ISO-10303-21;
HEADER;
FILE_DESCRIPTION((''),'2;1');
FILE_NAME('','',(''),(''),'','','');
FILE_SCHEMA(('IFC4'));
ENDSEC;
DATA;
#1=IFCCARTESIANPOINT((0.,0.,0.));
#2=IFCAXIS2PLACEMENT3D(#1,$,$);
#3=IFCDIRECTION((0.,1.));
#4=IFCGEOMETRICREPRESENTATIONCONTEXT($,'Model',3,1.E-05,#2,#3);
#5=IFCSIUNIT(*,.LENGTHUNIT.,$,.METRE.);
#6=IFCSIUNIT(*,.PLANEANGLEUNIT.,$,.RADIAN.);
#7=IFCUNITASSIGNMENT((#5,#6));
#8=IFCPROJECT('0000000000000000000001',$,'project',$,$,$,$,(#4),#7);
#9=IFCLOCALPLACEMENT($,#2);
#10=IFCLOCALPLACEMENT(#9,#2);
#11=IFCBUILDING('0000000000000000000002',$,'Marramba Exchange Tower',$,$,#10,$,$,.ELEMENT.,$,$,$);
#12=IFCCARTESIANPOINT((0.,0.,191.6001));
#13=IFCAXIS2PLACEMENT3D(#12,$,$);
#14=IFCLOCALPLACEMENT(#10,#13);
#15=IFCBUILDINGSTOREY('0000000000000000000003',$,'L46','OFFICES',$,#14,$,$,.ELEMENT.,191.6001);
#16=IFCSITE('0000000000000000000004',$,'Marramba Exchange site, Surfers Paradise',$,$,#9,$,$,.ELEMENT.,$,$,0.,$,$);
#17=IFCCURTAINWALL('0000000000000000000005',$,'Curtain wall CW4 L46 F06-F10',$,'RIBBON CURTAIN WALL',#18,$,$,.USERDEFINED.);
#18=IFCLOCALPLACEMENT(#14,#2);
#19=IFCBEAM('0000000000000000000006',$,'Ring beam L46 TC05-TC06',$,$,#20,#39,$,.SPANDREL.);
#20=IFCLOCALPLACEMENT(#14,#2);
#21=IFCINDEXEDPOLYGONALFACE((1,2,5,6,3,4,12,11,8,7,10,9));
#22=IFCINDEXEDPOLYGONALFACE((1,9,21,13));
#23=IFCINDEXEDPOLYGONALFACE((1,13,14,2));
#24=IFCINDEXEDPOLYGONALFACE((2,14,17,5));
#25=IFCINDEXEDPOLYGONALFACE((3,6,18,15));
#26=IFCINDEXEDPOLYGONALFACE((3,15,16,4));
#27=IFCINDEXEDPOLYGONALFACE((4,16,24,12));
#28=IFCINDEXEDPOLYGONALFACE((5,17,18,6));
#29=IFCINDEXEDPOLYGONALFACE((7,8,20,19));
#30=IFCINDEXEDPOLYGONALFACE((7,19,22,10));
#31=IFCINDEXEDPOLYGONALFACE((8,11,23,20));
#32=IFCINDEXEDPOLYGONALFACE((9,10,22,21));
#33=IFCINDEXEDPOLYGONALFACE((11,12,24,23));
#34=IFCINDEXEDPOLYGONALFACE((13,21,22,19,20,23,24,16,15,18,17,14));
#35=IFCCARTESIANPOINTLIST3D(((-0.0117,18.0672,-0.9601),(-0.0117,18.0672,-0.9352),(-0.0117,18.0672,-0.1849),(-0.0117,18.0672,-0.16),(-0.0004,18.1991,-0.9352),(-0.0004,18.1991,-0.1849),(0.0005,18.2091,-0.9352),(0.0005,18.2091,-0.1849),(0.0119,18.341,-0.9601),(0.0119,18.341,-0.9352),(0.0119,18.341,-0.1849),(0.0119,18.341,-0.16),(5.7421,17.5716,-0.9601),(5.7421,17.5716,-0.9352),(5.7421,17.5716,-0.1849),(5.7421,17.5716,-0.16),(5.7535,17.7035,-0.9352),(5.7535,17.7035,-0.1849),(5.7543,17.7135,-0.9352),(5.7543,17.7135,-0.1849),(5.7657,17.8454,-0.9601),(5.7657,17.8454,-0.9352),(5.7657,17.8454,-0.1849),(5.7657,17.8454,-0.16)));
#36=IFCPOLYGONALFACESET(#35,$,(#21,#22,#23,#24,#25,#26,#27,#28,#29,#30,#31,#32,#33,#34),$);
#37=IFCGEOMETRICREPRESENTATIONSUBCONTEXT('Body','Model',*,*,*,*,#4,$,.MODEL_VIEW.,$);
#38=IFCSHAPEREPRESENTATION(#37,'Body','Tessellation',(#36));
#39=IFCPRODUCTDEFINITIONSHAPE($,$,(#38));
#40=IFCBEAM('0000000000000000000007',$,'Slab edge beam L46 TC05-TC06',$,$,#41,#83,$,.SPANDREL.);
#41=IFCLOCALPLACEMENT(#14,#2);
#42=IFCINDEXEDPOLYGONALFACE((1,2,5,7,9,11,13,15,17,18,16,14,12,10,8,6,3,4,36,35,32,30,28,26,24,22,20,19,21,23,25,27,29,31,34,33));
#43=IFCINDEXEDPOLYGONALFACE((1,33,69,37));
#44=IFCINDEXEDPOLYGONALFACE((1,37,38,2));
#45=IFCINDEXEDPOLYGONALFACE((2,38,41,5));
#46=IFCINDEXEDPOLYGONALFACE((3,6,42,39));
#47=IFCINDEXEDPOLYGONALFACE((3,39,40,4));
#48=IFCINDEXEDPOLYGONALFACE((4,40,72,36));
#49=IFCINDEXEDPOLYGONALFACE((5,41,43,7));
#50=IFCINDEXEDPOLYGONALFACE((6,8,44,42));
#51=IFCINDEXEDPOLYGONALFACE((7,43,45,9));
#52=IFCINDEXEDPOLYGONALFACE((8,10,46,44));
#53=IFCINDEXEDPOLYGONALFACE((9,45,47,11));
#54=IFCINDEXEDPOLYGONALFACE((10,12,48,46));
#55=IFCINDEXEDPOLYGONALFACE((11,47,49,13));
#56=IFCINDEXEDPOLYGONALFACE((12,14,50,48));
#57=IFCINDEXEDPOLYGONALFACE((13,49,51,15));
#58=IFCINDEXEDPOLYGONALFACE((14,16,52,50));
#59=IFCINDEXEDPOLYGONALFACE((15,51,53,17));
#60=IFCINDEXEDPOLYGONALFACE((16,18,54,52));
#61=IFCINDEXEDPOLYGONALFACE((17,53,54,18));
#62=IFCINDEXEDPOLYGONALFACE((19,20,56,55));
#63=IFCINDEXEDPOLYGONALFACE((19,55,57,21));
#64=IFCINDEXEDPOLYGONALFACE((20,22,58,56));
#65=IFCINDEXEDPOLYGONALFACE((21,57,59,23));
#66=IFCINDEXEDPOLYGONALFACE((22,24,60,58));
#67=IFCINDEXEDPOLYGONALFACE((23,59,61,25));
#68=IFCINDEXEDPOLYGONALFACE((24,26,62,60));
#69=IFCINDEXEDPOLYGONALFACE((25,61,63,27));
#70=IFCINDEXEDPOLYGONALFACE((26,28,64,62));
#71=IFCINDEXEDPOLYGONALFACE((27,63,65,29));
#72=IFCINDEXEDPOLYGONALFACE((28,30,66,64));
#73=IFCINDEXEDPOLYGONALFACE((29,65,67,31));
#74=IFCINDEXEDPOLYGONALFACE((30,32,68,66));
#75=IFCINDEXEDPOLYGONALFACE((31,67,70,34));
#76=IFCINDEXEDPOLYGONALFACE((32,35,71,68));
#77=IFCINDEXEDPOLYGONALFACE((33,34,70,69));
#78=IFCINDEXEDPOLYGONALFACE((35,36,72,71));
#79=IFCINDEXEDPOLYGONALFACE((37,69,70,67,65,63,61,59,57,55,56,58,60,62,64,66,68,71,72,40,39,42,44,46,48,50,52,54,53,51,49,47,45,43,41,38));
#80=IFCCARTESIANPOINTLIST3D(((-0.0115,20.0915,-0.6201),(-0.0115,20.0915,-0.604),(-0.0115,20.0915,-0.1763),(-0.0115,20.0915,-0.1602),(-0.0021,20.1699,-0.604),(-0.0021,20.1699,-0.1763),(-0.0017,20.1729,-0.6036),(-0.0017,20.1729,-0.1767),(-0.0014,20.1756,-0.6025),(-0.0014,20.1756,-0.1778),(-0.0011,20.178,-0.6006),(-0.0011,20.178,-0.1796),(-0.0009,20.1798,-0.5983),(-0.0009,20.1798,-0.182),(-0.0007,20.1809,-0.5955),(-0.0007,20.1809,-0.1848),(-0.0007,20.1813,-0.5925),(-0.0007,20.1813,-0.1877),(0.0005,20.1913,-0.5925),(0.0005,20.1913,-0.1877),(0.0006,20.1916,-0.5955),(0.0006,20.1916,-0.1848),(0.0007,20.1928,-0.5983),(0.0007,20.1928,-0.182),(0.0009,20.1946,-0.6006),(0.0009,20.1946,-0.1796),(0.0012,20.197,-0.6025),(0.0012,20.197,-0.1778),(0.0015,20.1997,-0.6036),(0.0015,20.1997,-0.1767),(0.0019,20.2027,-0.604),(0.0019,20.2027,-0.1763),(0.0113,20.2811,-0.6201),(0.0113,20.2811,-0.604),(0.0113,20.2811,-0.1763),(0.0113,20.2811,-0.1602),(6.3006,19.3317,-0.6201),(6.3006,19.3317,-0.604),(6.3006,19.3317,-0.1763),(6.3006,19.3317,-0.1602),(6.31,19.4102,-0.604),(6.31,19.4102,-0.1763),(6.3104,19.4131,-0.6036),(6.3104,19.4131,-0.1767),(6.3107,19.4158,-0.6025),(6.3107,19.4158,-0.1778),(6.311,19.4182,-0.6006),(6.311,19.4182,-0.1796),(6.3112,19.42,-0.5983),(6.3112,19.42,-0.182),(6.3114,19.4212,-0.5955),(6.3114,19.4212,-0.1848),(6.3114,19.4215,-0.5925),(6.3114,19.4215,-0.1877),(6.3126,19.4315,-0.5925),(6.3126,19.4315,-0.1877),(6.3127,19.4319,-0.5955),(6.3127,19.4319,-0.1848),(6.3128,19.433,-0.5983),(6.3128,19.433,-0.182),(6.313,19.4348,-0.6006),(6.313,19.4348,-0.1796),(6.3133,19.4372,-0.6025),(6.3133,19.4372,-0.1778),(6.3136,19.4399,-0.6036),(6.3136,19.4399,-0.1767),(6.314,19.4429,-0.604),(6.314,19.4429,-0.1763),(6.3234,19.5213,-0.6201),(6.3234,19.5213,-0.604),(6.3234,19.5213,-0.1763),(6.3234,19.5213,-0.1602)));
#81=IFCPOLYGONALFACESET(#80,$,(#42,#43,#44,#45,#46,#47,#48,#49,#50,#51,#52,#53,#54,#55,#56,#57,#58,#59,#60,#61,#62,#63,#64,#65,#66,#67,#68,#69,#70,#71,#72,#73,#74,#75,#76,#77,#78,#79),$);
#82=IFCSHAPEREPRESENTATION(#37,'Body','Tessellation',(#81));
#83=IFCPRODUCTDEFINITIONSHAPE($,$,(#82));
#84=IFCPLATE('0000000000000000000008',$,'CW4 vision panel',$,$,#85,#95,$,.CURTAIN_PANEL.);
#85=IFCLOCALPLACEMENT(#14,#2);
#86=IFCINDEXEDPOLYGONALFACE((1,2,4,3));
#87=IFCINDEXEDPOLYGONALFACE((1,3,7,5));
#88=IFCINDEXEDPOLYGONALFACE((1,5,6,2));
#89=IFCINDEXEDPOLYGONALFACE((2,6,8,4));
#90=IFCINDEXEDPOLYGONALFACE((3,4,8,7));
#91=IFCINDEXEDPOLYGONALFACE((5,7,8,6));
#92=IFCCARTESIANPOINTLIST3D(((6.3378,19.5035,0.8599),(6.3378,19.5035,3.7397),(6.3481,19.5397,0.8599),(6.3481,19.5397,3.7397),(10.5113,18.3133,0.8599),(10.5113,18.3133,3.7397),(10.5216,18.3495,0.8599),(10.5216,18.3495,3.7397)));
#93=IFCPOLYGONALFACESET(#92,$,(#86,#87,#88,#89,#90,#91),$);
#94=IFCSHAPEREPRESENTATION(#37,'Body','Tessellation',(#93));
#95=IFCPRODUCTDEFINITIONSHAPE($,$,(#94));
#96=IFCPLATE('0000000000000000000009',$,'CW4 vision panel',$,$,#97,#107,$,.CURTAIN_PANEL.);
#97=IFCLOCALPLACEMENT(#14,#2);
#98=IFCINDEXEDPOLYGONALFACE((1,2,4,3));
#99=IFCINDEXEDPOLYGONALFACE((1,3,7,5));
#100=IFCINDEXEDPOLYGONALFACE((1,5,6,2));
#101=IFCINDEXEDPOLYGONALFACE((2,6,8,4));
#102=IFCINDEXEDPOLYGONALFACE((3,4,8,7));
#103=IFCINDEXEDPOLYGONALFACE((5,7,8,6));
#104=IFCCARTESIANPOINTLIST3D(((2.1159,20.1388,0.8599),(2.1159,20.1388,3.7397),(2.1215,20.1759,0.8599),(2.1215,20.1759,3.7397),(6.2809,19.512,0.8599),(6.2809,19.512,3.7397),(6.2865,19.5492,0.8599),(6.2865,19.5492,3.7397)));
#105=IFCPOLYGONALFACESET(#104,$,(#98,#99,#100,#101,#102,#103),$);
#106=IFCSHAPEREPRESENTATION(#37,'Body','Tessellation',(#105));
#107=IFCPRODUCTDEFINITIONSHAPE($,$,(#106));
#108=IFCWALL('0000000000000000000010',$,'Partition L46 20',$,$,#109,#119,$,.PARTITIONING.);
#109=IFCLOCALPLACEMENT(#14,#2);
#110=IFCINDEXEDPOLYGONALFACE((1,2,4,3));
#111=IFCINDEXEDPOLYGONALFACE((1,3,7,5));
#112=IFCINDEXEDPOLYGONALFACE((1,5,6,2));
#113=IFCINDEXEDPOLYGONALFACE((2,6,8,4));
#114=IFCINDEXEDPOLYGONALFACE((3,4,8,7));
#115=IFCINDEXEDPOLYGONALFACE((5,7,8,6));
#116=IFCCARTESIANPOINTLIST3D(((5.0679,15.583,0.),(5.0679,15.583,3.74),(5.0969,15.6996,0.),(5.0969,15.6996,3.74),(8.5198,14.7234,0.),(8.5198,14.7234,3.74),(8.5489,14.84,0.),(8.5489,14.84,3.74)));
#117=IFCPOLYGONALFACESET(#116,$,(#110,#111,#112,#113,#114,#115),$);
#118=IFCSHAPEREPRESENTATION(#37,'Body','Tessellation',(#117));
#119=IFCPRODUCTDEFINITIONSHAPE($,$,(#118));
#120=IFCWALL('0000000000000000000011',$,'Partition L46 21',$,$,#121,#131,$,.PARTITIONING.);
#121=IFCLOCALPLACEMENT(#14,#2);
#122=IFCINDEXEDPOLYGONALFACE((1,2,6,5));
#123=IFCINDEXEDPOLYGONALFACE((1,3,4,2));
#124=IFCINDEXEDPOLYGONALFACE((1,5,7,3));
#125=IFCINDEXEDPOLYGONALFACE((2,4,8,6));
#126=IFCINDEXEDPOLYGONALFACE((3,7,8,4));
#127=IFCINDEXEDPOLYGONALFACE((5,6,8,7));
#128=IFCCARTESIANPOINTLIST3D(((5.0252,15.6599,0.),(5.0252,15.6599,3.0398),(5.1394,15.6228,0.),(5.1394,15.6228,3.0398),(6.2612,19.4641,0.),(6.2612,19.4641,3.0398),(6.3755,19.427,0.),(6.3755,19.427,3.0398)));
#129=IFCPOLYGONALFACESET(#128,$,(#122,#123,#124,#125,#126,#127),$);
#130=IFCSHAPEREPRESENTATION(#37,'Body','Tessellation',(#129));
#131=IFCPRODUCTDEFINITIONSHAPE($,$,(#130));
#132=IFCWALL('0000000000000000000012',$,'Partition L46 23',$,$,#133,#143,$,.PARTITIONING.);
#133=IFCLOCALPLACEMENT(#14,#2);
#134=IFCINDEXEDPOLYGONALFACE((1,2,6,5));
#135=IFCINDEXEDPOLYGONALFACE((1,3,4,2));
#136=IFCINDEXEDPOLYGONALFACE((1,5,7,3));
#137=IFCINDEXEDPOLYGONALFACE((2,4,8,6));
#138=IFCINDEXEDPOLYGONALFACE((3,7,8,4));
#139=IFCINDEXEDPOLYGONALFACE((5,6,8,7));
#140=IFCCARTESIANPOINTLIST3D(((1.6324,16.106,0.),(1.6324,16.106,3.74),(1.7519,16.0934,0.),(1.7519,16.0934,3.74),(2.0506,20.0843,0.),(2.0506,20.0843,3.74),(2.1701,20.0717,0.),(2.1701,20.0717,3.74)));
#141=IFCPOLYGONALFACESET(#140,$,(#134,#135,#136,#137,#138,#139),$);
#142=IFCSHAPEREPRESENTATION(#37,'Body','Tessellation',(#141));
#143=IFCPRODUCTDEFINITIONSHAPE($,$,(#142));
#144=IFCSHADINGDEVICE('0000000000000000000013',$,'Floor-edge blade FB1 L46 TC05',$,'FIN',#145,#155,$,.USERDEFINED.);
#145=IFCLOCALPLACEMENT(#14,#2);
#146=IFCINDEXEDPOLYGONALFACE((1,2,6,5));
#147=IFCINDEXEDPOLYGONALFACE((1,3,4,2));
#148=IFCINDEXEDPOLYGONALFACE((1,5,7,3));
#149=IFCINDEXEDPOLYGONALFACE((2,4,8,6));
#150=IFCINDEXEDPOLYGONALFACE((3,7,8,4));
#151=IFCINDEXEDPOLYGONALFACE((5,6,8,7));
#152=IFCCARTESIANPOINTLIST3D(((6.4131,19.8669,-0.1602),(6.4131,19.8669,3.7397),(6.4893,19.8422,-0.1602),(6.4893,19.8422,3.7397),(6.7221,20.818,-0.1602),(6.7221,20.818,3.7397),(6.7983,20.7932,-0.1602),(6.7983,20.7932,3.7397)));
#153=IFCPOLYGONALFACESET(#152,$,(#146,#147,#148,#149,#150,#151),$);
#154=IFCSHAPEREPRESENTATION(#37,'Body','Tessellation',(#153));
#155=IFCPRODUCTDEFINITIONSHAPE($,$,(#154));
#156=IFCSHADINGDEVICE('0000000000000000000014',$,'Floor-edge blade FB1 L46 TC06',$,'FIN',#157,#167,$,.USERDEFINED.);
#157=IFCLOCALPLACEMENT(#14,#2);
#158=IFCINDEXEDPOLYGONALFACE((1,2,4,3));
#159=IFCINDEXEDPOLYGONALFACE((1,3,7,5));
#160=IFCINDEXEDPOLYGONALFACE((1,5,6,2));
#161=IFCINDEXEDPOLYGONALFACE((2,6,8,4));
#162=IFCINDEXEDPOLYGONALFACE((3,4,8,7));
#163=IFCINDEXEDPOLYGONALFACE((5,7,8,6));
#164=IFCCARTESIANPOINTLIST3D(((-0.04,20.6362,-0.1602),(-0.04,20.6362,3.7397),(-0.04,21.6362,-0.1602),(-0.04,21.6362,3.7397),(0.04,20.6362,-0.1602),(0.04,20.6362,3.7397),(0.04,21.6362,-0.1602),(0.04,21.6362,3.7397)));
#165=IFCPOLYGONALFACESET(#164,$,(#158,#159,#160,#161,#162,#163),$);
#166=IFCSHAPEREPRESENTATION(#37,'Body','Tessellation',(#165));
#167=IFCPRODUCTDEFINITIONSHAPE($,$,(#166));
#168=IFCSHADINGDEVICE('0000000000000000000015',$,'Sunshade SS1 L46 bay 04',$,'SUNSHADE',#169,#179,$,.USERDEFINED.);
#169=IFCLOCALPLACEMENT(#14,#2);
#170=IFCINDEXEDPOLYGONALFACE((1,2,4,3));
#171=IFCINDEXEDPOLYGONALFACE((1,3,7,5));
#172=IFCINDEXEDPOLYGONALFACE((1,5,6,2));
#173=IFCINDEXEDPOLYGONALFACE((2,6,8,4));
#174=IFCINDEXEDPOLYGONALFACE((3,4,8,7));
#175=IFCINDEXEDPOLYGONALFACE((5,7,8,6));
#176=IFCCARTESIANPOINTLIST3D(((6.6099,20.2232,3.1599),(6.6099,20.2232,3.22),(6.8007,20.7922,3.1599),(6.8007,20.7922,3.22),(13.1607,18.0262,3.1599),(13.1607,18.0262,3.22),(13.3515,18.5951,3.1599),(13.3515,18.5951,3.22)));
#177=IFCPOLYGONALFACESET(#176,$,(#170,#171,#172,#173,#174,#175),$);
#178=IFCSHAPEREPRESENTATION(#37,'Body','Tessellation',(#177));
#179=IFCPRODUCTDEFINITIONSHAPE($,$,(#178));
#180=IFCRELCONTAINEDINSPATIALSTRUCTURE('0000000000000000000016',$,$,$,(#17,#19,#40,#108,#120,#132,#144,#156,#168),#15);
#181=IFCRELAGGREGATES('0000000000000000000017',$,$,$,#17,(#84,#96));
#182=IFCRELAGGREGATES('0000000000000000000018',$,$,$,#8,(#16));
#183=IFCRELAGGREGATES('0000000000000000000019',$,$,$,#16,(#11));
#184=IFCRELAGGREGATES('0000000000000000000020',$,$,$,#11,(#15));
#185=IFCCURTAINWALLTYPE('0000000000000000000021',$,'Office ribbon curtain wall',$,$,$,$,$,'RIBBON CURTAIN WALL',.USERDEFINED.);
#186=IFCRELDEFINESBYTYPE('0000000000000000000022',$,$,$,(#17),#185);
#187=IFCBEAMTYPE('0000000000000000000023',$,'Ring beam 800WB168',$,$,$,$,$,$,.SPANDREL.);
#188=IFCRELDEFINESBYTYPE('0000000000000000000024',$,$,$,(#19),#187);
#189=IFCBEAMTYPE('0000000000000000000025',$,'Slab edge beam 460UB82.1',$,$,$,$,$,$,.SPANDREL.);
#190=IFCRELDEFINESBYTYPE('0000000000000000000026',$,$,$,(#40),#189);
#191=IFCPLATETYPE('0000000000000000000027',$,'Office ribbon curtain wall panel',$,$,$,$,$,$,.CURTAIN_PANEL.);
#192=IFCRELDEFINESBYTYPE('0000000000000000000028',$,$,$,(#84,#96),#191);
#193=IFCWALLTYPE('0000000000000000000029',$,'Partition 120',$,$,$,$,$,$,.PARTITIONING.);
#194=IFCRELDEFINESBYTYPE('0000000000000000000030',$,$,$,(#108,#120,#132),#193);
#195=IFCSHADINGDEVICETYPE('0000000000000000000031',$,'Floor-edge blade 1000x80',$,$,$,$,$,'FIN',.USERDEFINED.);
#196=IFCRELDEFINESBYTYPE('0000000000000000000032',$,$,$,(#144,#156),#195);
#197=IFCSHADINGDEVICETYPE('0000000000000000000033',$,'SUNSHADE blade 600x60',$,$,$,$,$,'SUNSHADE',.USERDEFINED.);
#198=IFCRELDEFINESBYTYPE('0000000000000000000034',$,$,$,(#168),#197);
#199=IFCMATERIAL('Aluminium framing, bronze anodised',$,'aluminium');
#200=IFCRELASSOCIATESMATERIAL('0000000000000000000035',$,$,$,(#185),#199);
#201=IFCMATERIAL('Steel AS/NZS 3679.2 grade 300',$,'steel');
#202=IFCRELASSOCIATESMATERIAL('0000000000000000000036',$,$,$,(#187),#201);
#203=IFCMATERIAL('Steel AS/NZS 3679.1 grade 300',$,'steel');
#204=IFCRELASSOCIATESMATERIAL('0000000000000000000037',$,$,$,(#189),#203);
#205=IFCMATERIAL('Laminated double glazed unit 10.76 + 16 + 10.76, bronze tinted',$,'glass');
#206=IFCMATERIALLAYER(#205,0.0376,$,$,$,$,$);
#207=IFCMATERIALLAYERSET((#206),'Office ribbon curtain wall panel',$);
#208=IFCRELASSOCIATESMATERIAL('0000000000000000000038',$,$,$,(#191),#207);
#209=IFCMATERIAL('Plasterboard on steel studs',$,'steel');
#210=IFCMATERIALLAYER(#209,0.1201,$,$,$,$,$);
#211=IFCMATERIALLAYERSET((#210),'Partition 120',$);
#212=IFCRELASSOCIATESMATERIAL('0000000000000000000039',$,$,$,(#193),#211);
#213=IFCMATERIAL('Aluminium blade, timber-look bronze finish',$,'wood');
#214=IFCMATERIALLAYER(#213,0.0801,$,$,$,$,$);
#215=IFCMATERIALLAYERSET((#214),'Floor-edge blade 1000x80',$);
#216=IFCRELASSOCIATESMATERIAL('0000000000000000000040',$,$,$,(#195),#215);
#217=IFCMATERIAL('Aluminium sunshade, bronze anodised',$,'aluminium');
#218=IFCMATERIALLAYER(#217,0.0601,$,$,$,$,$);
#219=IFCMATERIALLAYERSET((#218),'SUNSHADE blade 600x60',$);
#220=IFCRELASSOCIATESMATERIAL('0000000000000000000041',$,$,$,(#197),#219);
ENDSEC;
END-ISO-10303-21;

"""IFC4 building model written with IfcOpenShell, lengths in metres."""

from ifc_helpers import new_model, si_unit, direction, frame, frame_2d, origin, origin_2d, place, context, subcontext, project, spatial, rectangle, i_section, extrude, material, layer, layer_set, material_profile, profile_set, type_object, element, aggregate, save


model = new_model("IFC4")

# Units and contexts
model_context = context("Model", 3, precision=1e-05, world=origin(), true_north=direction((0.0, 1.0)))
body_context = subcontext(model_context, "Body", "Model", "MODEL_VIEW")
ifc_project = project(units=[si_unit("LENGTHUNIT", "METRE"), si_unit("PLANEANGLEUNIT", "RADIAN")], contexts=[model_context])

# Site, building, storey
site_placement = place(None, origin())
site = spatial("IfcSite", under=ifc_project, at=site_placement, Name="Marramba Exchange site, Surfers Paradise", CompositionType="ELEMENT", RefElevation=0.0)
building_placement = place(site_placement, origin())
building = spatial("IfcBuilding", under=site, at=building_placement, Name="Marramba Exchange Tower", CompositionType="ELEMENT")
storey_placement = place(building_placement, frame((0.0, 0.0, 191.6001)))
storey = spatial("IfcBuildingStorey", under=building, at=storey_placement, Name="L46", Description="OFFICES", CompositionType="ELEMENT", Elevation=191.6001)

# Shared definitions
ifc_material_1 = material(Name="Steel AS/NZS 3679.2 grade 300", Category="steel")

# Curtain wall
ifc_material_2 = material(Name="Aluminium framing, bronze anodised", Category="aluminium")
curtain_wall_type = type_object("IfcCurtainWallType", Name="Office ribbon curtain wall", ElementType="RIBBON CURTAIN WALL", PredefinedType="USERDEFINED", material=ifc_material_2)
curtain_wall_placement = place(storey_placement, origin())
curtain_wall = element("IfcCurtainWall", 1, at=curtain_wall_placement, inside=storey, type_object=curtain_wall_type, Name="Curtain wall CW4 L46 F06-F10", ObjectType="RIBBON CURTAIN WALL", PredefinedType="USERDEFINED")

# Beams
ifc_material_profile_1 = material_profile(ifc_material_1, i_section(OverallWidth=0.2749, OverallDepth=0.8, WebThickness=0.01, FlangeThickness=0.0249, at=origin_2d()), Name="800WB168")
ifc_profile_set_1 = profile_set([ifc_material_profile_1], Name="Steel AS/NZS 3679.2 grade 300")
beam_type_1 = type_object("IfcBeamType", Name="Ring beam 800WB168", PredefinedType="SPANDREL", material=ifc_profile_set_1)
beam_1_placement = place(storey_placement, frame((5.7539, 17.7085, -0.5601), z_axis=(-0.996311, 0.085816, 0.0), x_axis=(-0.085816, -0.996311, 0.0)))
element("IfcBeam", 2, at=beam_1_placement, inside=storey, type_object=beam_type_1, Name="Ring beam L46 TC05-TC06", PredefinedType="SPANDREL", context=body_context, shape_type="SweptSolid", body=[
    extrude(i_section(OverallWidth=0.2749, OverallDepth=0.8, WebThickness=0.01, FlangeThickness=0.0249, at=origin_2d()), origin(), (0.0, 0.0, 1.0), 5.7751),
])
ifc_material_3 = material(Name="Steel AS/NZS 3679.1 grade 300", Category="steel")
ifc_material_profile_2 = material_profile(ifc_material_3, i_section(OverallWidth=0.1909, OverallDepth=0.46, WebThickness=0.01, FlangeThickness=0.0161, FilletRadius=0.0115, at=origin_2d()), Name="460UB82.1")
ifc_profile_set_2 = profile_set([ifc_material_profile_2], Name="Steel AS/NZS 3679.1 grade 300")
beam_type_2 = type_object("IfcBeamType", Name="Slab edge beam 460UB82.1", PredefinedType="SPANDREL", material=ifc_profile_set_2)
beam_2_placement = place(storey_placement, frame((6.312, 19.4265, -0.3901), z_axis=(-0.992834, 0.119506, 0.0), x_axis=(-0.119506, -0.992834, 0.0)))
element("IfcBeam", 3, at=beam_2_placement, inside=storey, type_object=beam_type_2, Name="Slab edge beam L46 TC05-TC06", PredefinedType="SPANDREL", context=body_context, shape_type="SweptSolid", body=[
    extrude(i_section(OverallWidth=0.1909, OverallDepth=0.46, WebThickness=0.01, FlangeThickness=0.0161, FilletRadius=0.0115, at=origin_2d()), origin(), (0.0, 0.0, 1.0), 6.3577),
])

# Plates
ifc_material_4 = material(Name="Laminated double glazed unit 10.76 + 16 + 10.76, bronze tinted", Category="glass")
ifc_layer_1 = layer(ifc_material_4, 0.0376)
ifc_layer_set_1 = layer_set([ifc_layer_1], Name="Office ribbon curtain wall panel")
plate_type = type_object("IfcPlateType", Name="Office ribbon curtain wall panel", PredefinedType="CURTAIN_PANEL", material=ifc_layer_set_1)
plate_1_placement = place(storey_placement, frame((8.4297, 18.9265, 0.8599), z_axis=(0.0, 0.0, 1.0), x_axis=(-0.961659, 0.274248, 0.0)))
plate_1 = element("IfcPlate", 4, at=plate_1_placement, type_object=plate_type, Name="CW4 vision panel", PredefinedType="CURTAIN_PANEL", context=body_context, shape_type="SweptSolid", body=[
    extrude(rectangle(XDim=4.3398, YDim=0.0376, at=origin_2d()), origin(), (0.0, 0.0, 1.0), 2.8799),
])
plate_2_placement = place(storey_placement, frame((4.2012, 19.844, 0.8599), z_axis=(0.0, 0.0, 1.0), x_axis=(-0.988868, 0.148795, 0.0)))
plate_2 = element("IfcPlate", 5, at=plate_2_placement, type_object=plate_type, Name="CW4 vision panel", PredefinedType="CURTAIN_PANEL", context=body_context, shape_type="SweptSolid", body=[
    extrude(rectangle(XDim=4.2119, YDim=0.0376, at=origin_2d()), origin(), (0.0, 0.0, 1.0), 2.8799),
])
aggregate(curtain_wall, [plate_1, plate_2])

# Walls
ifc_material_5 = material(Name="Plasterboard on steel studs", Category="steel")
ifc_layer_2 = layer(ifc_material_5, 0.1201)
ifc_layer_set_2 = layer_set([ifc_layer_2], Name="Partition 120")
wall_type = type_object("IfcWallType", Name="Partition 120", PredefinedType="PARTITIONING", material=ifc_layer_set_2)
wall_1_placement = place(storey_placement, frame((5.0823, 15.6414, 0.0), z_axis=(0.0, 0.0, 1.0), x_axis=(0.970364, -0.241647, 0.0)))
element("IfcWall", 6, at=wall_1_placement, inside=storey, type_object=wall_type, Name="Partition L46 20", PredefinedType="PARTITIONING", context=body_context, shape_type="SweptSolid", body=[
    extrude(rectangle(XDim=3.5574, YDim=0.1201, at=frame_2d((1.7788, 0.0))), origin(), (0.0, 0.0, 1.0), 3.74),
])
wall_2_placement = place(storey_placement, frame((5.0823, 15.6414, 0.0), z_axis=(0.0, 0.0, 1.0), x_axis=(0.309023, 0.951055, 0.0)))
element("IfcWall", 7, at=wall_2_placement, inside=storey, type_object=wall_type, Name="Partition L46 21", PredefinedType="PARTITIONING", context=body_context, shape_type="SweptSolid", body=[
    extrude(rectangle(XDim=4.0, YDim=0.1201, at=frame_2d((2.0, 0.0))), origin(), (0.0, 0.0, 1.0), 3.0398),
])

# Wall
wall_3_placement = place(storey_placement, frame((2.1104, 20.0779, 0.0), z_axis=(0.0, 0.0, 1.0), x_axis=(-0.104548, -0.99452, 0.0)))
element("IfcWall", 8, at=wall_3_placement, inside=storey, type_object=wall_type, Name="Partition L46 23", PredefinedType="PARTITIONING", context=body_context, shape_type="SweptSolid", body=[
    extrude(rectangle(XDim=4.0002, YDim=0.1201, at=frame_2d((2.0, 0.0))), origin(), (0.0, 0.0, 1.0), 3.74),
])

# Shading devices
ifc_material_6 = material(Name="Aluminium blade, timber-look bronze finish", Category="wood")
ifc_layer_3 = layer(ifc_material_6, 0.0801)
ifc_layer_set_3 = layer_set([ifc_layer_3], Name="Floor-edge blade 1000x80")
shading_device_type_1 = type_object("IfcShadingDeviceType", Name="Floor-edge blade 1000x80", ElementType="FIN", PredefinedType="USERDEFINED", material=ifc_layer_set_3)
for number, where, z_axis, x_axis, name in (
    (9, (6.6057, 20.3301, -0.1602), (0.0, 0.0, 1.0), (0.309017, 0.951057, 0.0), "Floor-edge blade FB1 L46 TC05"),
    (10, (0.0, 21.1362, -0.1602), (0.0, 0.0, 1.0), (0.0, 1.0, 0.0), "Floor-edge blade FB1 L46 TC06"),
):
    element("IfcShadingDevice", number, at=place(storey_placement, frame(where, z_axis=z_axis, x_axis=x_axis)), inside=storey, type_object=shading_device_type_1, Name=name, ObjectType="FIN", PredefinedType="USERDEFINED", context=body_context, shape_type="SweptSolid", body=[
        extrude(rectangle(XDim=1.0, YDim=0.0801, at=origin_2d()), origin(), (0.0, 0.0, 1.0), 3.8999),
    ])
ifc_material_7 = material(Name="Aluminium sunshade, bronze anodised", Category="aluminium")
ifc_layer_4 = layer(ifc_material_7, 0.0601)
ifc_layer_set_4 = layer_set([ifc_layer_4], Name="SUNSHADE blade 600x60")
shading_device_type_2 = type_object("IfcShadingDeviceType", Name="SUNSHADE blade 600x60", ElementType="SUNSHADE", PredefinedType="USERDEFINED", material=ifc_layer_set_4)
shading_device_1_placement = place(storey_placement, frame((9.9807, 19.4092, 3.1599), z_axis=(0.0, 0.0, 1.0), x_axis=(-0.948096, 0.317983, 0.0)))
element("IfcShadingDevice", 11, at=shading_device_1_placement, inside=storey, type_object=shading_device_type_2, Name="Sunshade SS1 L46 bay 04", ObjectType="SUNSHADE", PredefinedType="USERDEFINED", context=body_context, shape_type="SweptSolid", body=[
    extrude(rectangle(XDim=6.9094, YDim=0.6001, at=origin_2d()), origin(), (0.0, 0.0, 1.0), 0.0601),
])

save(model, "model.ifc")
